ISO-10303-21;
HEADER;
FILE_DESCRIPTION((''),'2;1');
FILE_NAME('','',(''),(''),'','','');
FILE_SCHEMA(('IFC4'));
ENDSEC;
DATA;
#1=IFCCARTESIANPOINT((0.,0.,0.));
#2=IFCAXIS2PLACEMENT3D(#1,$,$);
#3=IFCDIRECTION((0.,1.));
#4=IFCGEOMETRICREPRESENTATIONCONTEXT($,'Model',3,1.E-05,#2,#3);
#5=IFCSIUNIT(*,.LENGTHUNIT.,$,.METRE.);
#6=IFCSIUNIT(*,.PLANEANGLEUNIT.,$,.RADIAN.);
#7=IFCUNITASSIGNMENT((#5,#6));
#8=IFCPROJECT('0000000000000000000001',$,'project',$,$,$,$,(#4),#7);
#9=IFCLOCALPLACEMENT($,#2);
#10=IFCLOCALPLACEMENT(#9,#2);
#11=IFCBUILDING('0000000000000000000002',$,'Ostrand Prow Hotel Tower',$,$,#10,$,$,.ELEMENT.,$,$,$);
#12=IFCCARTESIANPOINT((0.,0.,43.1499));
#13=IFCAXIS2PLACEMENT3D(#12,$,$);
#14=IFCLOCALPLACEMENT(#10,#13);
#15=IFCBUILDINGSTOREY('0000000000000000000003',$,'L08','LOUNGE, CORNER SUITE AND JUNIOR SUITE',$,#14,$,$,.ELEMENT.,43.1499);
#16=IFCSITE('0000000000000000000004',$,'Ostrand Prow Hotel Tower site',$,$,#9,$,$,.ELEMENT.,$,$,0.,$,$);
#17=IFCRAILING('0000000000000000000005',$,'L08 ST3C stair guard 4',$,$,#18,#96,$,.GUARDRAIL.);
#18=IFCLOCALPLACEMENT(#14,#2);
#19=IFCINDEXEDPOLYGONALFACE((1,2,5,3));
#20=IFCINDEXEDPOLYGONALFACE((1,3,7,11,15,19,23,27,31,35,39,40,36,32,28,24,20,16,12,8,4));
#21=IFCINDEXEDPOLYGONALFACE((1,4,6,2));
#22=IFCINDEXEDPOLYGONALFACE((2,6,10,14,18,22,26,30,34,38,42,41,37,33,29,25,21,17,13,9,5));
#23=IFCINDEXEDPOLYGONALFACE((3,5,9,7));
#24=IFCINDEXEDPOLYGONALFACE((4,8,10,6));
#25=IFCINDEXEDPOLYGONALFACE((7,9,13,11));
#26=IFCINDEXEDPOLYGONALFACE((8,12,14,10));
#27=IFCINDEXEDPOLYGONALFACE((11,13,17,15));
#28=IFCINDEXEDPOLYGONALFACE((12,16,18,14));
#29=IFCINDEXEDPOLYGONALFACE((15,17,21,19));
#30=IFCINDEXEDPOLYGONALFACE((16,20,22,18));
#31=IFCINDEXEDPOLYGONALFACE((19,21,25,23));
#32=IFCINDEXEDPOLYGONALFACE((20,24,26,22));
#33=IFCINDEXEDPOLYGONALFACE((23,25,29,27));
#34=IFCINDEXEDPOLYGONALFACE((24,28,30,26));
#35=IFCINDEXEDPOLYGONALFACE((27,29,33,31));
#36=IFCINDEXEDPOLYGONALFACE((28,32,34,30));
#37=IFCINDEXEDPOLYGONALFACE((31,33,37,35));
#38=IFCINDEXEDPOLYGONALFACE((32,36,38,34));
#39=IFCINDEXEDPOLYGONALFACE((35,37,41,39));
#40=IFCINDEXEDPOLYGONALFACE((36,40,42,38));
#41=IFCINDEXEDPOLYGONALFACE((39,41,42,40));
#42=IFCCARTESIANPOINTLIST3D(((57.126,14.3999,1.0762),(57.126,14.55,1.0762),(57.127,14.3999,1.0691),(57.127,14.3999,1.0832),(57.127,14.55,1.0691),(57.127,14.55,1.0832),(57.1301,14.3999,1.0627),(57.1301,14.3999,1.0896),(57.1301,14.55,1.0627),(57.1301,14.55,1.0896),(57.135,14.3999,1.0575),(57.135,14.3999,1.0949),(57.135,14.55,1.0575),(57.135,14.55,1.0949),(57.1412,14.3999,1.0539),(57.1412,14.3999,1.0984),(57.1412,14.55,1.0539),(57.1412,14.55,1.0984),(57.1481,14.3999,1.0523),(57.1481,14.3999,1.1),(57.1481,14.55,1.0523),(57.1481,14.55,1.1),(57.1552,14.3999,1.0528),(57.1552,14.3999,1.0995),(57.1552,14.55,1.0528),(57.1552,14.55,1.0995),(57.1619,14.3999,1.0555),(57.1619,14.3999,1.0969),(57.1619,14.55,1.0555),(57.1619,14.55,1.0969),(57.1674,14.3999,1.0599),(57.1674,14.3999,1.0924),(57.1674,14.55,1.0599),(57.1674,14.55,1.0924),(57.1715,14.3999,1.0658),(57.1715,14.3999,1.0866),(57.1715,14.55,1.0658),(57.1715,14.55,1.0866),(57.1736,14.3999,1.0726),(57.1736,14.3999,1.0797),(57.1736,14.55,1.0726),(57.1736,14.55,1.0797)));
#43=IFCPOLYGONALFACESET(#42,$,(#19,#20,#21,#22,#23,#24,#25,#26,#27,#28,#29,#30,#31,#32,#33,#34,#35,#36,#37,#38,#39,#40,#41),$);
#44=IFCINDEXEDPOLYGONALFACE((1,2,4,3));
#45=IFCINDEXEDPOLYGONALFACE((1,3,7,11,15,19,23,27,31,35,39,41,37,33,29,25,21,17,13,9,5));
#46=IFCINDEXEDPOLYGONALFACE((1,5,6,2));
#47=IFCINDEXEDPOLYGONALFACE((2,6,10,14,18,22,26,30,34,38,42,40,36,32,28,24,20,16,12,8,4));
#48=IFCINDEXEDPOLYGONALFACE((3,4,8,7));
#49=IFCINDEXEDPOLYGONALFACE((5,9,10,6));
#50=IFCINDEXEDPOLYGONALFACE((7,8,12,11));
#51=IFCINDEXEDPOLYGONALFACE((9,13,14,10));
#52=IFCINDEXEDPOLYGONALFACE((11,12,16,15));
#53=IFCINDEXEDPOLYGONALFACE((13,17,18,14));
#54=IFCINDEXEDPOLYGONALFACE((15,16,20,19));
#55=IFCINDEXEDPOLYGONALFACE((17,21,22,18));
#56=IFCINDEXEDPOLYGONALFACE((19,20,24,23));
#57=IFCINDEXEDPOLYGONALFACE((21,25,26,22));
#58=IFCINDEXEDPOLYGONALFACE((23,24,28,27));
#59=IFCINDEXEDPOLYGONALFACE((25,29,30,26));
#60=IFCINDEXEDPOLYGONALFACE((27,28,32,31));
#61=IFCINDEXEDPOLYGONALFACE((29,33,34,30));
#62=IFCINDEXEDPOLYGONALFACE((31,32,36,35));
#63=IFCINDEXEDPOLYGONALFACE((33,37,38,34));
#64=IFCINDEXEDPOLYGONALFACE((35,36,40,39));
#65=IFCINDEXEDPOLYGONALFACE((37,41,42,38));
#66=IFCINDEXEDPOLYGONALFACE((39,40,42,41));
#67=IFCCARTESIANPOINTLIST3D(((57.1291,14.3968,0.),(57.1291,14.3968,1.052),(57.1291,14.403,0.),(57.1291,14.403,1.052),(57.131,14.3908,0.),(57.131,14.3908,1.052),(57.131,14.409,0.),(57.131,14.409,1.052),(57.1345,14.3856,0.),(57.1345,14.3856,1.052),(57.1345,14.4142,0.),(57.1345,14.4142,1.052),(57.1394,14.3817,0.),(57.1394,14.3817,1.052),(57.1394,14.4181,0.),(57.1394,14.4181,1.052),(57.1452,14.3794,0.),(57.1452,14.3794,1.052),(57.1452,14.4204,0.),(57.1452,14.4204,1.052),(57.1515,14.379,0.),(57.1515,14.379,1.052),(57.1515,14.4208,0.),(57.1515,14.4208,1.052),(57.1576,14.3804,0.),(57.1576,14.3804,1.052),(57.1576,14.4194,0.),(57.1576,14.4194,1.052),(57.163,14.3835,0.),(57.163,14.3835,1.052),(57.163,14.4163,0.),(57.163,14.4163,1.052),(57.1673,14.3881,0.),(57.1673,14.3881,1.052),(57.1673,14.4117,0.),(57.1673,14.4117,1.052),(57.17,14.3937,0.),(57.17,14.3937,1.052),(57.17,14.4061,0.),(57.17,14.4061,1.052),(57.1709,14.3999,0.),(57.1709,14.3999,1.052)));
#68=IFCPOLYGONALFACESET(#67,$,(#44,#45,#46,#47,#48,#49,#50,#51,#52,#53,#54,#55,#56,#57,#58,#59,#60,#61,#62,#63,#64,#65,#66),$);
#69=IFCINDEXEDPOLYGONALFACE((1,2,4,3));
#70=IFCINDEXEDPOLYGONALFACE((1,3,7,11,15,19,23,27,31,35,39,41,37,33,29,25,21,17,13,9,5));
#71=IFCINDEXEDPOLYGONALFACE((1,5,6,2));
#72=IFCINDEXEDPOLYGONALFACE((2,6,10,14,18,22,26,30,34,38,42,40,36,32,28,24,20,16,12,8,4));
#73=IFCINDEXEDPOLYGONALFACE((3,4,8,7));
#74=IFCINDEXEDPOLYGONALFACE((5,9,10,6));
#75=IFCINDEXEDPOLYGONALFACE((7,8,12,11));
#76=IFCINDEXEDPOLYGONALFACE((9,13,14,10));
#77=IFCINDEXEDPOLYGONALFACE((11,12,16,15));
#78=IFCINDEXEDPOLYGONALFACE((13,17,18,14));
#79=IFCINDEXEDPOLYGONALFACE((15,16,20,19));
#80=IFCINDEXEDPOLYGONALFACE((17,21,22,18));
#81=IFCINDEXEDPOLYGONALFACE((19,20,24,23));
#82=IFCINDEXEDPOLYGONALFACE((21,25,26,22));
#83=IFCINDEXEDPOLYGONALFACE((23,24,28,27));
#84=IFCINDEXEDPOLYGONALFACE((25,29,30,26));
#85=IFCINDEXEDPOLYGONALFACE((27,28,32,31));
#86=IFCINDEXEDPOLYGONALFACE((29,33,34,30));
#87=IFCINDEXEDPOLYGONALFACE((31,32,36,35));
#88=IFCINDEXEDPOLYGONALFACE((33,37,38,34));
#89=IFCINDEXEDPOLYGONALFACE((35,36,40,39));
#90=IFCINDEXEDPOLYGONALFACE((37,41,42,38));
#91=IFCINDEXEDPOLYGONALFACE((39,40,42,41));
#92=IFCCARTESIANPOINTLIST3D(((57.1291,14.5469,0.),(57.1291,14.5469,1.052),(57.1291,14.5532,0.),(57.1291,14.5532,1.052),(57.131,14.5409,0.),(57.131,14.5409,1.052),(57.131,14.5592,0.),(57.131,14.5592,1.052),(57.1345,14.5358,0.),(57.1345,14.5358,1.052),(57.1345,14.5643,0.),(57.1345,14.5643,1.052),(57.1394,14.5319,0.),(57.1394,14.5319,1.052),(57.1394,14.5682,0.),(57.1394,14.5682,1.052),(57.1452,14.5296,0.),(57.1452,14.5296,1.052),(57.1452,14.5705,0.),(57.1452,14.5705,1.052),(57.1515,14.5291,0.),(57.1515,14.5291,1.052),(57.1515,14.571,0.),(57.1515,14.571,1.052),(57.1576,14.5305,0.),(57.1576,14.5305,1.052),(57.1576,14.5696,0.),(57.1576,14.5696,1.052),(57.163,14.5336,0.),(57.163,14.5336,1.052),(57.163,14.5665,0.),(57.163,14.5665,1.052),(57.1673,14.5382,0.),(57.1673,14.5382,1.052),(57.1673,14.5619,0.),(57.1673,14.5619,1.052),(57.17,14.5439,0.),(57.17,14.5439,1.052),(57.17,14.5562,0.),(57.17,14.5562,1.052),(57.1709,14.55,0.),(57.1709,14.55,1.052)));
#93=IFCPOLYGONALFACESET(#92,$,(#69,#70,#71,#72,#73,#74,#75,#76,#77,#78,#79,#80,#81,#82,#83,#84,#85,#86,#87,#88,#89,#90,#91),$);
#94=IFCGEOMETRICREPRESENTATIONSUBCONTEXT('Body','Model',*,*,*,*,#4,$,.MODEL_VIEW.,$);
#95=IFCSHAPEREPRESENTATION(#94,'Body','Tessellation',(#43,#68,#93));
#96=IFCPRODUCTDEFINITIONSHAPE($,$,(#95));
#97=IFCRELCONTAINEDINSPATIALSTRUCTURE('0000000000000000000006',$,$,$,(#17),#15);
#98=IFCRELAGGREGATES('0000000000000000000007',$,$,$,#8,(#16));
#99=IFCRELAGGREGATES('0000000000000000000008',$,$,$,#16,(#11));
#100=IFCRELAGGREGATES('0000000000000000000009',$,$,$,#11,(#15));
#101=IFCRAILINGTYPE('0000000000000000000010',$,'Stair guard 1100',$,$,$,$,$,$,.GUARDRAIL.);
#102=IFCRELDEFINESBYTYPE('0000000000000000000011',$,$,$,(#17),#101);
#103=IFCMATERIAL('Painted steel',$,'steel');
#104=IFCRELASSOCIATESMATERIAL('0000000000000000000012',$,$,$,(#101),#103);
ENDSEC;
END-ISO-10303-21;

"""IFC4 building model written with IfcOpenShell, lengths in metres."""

from ifc_helpers import new_model, si_unit, direction, frame, origin, origin_2d, place, context, subcontext, project, spatial, circle, extrude, material, type_object, element, save


model = new_model("IFC4")

# Units and contexts
model_context = context("Model", 3, precision=1e-05, world=origin(), true_north=direction((0.0, 1.0)))
body_context = subcontext(model_context, "Body", "Model", "MODEL_VIEW")
ifc_project = project(units=[si_unit("LENGTHUNIT", "METRE"), si_unit("PLANEANGLEUNIT", "RADIAN")], contexts=[model_context])

# Site, building, storey
site_placement = place(None, origin())
site = spatial("IfcSite", under=ifc_project, at=site_placement, Name="Ostrand Prow Hotel Tower site", CompositionType="ELEMENT", RefElevation=0.0)
building_placement = place(site_placement, origin())
building = spatial("IfcBuilding", under=site, at=building_placement, Name="Ostrand Prow Hotel Tower", CompositionType="ELEMENT")
storey_placement = place(building_placement, frame((0.0, 0.0, 43.1499)))
storey = spatial("IfcBuildingStorey", under=building, at=storey_placement, Name="L08", Description="LOUNGE, CORNER SUITE AND JUNIOR SUITE", CompositionType="ELEMENT", Elevation=43.1499)

# Railing
ifc_material_1 = material(Name="Painted steel", Category="steel")
railing_type_1 = type_object("IfcRailingType", Name="Stair guard 1100", PredefinedType="GUARDRAIL", material=ifc_material_1)
railing_1_placement = place(storey_placement, frame((57.1499, 14.3999, 0.0)))
element("IfcRailing", 1, at=railing_1_placement, inside=storey, type_object=railing_type_1, Name="L08 ST3C stair guard 4", PredefinedType="GUARDRAIL", context=body_context, shape_type="SweptSolid", body=[
    extrude(circle(Radius=0.0239, at=origin_2d()), frame((0.0, 0.0, 1.0762), z_axis=(0.0, 1.0, 0.0), x_axis=(-1.0, 0.0, 0.0)), (0.0, 0.0, 1.0), 0.1501),
    extrude(circle(Radius=0.021, at=origin_2d()), origin(), (0.0, 0.0, 1.0), 1.052),
    extrude(circle(Radius=0.021, at=origin_2d()), frame((0.0, 0.1501, 0.0)), (0.0, 0.0, 1.0), 1.052),
])

save(model, "model.ifc")
